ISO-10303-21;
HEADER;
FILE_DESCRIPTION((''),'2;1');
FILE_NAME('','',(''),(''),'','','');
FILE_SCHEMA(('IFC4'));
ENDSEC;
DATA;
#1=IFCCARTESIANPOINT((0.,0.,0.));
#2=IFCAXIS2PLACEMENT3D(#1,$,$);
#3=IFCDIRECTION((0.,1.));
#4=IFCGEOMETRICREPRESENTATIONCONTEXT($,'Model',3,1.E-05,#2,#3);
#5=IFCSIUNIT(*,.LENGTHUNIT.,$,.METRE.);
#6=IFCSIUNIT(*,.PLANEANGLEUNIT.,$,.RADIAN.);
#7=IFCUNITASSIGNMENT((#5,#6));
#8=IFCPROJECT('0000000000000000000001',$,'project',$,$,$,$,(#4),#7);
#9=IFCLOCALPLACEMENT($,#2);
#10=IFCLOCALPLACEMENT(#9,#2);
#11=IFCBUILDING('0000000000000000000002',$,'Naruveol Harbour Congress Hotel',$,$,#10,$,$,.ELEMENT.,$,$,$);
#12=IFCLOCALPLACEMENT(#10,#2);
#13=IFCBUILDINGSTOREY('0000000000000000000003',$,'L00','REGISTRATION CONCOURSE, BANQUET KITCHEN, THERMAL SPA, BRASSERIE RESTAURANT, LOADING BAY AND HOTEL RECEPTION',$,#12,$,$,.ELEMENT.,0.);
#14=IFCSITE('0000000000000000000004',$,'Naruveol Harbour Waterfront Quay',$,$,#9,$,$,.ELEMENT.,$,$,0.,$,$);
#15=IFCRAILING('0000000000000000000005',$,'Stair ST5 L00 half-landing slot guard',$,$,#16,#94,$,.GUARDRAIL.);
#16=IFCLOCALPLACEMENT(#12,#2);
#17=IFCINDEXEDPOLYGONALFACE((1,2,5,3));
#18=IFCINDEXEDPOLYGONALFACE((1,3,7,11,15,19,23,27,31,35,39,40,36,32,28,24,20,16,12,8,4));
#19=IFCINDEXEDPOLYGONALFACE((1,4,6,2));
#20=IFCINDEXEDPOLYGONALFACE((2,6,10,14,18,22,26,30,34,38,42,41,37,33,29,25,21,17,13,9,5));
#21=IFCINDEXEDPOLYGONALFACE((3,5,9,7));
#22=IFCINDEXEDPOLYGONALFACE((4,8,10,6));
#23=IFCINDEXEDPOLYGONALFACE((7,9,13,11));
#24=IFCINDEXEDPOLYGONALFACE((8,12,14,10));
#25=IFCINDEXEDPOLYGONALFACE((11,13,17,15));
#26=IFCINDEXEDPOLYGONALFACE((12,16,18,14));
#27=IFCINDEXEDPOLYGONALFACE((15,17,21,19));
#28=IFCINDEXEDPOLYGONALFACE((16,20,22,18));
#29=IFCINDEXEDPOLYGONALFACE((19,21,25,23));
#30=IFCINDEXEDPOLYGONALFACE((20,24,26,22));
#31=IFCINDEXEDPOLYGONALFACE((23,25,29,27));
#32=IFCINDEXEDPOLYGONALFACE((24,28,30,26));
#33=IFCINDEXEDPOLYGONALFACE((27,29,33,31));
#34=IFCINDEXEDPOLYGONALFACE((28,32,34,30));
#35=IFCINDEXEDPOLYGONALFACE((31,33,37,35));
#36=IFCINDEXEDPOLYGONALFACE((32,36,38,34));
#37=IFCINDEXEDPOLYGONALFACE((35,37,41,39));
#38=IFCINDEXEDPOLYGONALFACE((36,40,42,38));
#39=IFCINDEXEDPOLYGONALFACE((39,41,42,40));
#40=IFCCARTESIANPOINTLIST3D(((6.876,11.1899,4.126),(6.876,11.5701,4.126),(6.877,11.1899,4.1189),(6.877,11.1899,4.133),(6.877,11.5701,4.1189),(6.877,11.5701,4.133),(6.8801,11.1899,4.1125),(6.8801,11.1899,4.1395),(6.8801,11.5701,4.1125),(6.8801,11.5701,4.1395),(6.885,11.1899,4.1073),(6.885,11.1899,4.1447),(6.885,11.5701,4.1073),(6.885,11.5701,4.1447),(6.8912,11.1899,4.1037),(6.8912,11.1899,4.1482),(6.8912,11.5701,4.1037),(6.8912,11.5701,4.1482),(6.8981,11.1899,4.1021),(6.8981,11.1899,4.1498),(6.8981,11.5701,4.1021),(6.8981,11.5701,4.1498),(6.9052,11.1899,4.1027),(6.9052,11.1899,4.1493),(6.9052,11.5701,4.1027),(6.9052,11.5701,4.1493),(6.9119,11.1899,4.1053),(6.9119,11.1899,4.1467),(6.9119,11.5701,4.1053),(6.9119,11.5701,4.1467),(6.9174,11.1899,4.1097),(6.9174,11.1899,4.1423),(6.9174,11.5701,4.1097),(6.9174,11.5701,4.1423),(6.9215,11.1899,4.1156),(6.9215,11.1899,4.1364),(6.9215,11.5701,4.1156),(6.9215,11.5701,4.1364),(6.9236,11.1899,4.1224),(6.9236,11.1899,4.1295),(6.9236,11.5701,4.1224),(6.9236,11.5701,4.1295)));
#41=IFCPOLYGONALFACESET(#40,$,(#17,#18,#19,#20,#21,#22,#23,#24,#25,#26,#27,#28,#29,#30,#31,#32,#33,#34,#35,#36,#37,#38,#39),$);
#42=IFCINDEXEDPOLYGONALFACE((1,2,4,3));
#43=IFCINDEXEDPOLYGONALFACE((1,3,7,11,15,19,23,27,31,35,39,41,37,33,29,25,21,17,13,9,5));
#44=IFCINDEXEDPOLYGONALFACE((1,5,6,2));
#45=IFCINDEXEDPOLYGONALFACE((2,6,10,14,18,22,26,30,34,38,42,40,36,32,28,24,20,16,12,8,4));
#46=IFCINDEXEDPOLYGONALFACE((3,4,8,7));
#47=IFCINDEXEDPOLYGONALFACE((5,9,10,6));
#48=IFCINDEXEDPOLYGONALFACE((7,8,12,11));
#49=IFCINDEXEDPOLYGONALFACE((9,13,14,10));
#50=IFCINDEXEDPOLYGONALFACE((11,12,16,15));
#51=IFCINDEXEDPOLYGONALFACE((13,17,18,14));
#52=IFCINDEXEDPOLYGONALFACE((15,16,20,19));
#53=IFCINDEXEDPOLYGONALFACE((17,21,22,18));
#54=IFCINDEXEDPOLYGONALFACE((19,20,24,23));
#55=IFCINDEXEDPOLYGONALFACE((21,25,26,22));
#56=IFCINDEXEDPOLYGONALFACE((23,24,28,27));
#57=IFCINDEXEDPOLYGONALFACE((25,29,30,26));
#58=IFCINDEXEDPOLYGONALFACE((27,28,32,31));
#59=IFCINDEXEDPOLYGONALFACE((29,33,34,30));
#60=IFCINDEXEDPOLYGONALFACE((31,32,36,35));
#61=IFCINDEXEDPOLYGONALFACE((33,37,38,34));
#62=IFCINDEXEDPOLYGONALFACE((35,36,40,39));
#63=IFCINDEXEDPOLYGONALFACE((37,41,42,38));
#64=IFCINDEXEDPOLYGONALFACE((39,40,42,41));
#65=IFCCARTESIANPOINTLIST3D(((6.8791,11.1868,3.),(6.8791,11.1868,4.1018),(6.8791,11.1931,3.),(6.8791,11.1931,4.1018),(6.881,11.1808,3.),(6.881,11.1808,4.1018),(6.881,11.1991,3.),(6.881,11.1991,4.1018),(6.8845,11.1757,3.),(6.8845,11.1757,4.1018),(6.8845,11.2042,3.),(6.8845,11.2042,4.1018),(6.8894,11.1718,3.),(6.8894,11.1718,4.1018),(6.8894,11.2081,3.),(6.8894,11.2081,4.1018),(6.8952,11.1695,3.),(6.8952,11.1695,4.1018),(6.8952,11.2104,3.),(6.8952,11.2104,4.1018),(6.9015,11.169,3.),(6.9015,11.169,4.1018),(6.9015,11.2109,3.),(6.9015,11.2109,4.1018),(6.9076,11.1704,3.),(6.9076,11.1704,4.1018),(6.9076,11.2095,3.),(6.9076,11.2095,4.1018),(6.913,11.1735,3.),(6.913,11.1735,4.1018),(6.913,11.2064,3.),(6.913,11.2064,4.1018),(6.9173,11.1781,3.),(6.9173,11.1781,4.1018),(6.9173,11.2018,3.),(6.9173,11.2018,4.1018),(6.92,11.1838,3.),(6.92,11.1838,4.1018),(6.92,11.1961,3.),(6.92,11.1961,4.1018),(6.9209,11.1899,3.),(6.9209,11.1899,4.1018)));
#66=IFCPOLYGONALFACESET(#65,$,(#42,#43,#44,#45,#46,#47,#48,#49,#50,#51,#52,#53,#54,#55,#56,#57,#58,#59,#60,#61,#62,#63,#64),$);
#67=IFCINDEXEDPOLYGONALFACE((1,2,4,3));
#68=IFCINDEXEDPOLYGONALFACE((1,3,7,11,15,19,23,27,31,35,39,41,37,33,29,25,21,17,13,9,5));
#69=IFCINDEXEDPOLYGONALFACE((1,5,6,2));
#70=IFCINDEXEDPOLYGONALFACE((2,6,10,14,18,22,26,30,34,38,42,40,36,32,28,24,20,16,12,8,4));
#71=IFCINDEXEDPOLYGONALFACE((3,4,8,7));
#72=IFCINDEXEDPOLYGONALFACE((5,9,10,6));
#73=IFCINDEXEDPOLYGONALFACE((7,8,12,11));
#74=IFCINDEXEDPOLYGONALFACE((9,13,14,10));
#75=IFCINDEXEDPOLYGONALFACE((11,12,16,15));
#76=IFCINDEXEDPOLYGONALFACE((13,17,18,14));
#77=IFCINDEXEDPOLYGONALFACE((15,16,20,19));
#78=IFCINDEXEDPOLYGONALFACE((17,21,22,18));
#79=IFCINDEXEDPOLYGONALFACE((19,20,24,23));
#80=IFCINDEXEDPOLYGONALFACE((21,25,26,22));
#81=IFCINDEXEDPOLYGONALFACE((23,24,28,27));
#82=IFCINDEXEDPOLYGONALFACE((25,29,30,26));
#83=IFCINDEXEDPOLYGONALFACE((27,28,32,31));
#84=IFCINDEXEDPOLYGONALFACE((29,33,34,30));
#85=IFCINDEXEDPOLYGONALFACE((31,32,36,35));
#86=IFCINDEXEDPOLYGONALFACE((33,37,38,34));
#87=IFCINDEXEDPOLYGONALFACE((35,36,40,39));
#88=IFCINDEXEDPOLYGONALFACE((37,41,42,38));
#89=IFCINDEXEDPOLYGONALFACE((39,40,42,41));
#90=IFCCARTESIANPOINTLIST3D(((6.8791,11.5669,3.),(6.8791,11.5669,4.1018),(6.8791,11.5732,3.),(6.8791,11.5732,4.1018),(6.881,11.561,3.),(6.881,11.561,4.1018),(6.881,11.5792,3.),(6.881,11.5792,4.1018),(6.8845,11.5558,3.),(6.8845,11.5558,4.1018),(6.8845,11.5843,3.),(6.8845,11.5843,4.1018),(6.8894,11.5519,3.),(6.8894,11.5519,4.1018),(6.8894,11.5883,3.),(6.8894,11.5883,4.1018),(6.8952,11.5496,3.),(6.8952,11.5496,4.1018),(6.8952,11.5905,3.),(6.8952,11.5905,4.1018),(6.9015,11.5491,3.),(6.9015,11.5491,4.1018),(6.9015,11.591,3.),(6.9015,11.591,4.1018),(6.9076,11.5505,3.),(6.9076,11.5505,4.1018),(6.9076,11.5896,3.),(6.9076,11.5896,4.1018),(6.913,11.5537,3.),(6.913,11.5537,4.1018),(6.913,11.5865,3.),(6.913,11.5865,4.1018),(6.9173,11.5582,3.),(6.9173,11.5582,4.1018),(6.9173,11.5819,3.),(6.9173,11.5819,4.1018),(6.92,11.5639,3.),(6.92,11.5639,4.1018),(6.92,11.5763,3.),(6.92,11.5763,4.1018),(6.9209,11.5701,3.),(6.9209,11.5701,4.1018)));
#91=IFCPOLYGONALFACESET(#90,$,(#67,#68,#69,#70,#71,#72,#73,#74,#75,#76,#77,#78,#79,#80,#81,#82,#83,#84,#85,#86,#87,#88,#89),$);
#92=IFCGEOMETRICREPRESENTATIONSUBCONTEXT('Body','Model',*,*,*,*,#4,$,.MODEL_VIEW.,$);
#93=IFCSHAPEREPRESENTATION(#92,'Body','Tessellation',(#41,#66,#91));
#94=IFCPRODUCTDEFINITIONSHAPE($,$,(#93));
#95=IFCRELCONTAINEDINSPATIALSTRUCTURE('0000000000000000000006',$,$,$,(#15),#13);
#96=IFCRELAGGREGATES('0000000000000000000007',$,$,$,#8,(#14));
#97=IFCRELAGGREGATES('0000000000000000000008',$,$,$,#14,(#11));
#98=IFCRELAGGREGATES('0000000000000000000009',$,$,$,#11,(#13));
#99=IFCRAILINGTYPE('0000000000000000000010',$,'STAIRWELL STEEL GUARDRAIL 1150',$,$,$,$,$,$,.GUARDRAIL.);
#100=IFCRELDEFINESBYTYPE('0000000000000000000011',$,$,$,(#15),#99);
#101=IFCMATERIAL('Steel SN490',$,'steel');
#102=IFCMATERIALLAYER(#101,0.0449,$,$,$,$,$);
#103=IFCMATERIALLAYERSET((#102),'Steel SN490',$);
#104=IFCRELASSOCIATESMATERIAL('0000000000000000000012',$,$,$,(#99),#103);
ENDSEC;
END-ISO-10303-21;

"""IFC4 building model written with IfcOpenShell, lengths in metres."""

from ifc_helpers import new_model, si_unit, direction, frame, origin, origin_2d, place, context, subcontext, project, spatial, circle, extrude, material, layer, layer_set, type_object, element, save


model = new_model("IFC4")

# Units and contexts
model_context = context("Model", 3, precision=1e-05, world=origin(), true_north=direction((0.0, 1.0)))
body_context = subcontext(model_context, "Body", "Model", "MODEL_VIEW")
ifc_project = project(units=[si_unit("LENGTHUNIT", "METRE"), si_unit("PLANEANGLEUNIT", "RADIAN")], contexts=[model_context])

# Site, building, storey
site_placement = place(None, origin())
site = spatial("IfcSite", under=ifc_project, at=site_placement, Name="Naruveol Harbour Waterfront Quay", CompositionType="ELEMENT", RefElevation=0.0)
building_placement = place(site_placement, origin())
building = spatial("IfcBuilding", under=site, at=building_placement, Name="Naruveol Harbour Congress Hotel", CompositionType="ELEMENT")
storey_placement = place(building_placement, origin())
storey = spatial("IfcBuildingStorey", under=building, at=storey_placement, Name="L00", Description="REGISTRATION CONCOURSE, BANQUET KITCHEN, THERMAL SPA, BRASSERIE RESTAURANT, LOADING BAY AND HOTEL RECEPTION", CompositionType="ELEMENT", Elevation=0.0)

# Railing
ifc_material_1 = material(Name="Steel SN490", Category="steel")
ifc_layer_1 = layer(ifc_material_1, 0.0449)
ifc_layer_set_1 = layer_set([ifc_layer_1], Name="Steel SN490")
railing_type_1 = type_object("IfcRailingType", Name="STAIRWELL STEEL GUARDRAIL 1150", PredefinedType="GUARDRAIL", material=ifc_layer_set_1)
railing_1_placement = place(storey_placement, frame((6.8999, 11.1899, 3.0)))
element("IfcRailing", 1, at=railing_1_placement, inside=storey, type_object=railing_type_1, Name="Stair ST5 L00 half-landing slot guard", PredefinedType="GUARDRAIL", context=body_context, shape_type="SweptSolid", body=[
    extrude(circle(Radius=0.0239, at=origin_2d()), frame((0.0, 0.0, 1.126), z_axis=(0.0, 1.0, 0.0), x_axis=(-1.0, 0.0, 0.0)), (0.0, 0.0, 1.0), 0.3801),
    extrude(circle(Radius=0.021, at=origin_2d()), origin(), (0.0, 0.0, 1.0), 1.1018),
    extrude(circle(Radius=0.021, at=origin_2d()), frame((0.0, 0.3801, 0.0)), (0.0, 0.0, 1.0), 1.1018),
])

save(model, "model.ifc")
